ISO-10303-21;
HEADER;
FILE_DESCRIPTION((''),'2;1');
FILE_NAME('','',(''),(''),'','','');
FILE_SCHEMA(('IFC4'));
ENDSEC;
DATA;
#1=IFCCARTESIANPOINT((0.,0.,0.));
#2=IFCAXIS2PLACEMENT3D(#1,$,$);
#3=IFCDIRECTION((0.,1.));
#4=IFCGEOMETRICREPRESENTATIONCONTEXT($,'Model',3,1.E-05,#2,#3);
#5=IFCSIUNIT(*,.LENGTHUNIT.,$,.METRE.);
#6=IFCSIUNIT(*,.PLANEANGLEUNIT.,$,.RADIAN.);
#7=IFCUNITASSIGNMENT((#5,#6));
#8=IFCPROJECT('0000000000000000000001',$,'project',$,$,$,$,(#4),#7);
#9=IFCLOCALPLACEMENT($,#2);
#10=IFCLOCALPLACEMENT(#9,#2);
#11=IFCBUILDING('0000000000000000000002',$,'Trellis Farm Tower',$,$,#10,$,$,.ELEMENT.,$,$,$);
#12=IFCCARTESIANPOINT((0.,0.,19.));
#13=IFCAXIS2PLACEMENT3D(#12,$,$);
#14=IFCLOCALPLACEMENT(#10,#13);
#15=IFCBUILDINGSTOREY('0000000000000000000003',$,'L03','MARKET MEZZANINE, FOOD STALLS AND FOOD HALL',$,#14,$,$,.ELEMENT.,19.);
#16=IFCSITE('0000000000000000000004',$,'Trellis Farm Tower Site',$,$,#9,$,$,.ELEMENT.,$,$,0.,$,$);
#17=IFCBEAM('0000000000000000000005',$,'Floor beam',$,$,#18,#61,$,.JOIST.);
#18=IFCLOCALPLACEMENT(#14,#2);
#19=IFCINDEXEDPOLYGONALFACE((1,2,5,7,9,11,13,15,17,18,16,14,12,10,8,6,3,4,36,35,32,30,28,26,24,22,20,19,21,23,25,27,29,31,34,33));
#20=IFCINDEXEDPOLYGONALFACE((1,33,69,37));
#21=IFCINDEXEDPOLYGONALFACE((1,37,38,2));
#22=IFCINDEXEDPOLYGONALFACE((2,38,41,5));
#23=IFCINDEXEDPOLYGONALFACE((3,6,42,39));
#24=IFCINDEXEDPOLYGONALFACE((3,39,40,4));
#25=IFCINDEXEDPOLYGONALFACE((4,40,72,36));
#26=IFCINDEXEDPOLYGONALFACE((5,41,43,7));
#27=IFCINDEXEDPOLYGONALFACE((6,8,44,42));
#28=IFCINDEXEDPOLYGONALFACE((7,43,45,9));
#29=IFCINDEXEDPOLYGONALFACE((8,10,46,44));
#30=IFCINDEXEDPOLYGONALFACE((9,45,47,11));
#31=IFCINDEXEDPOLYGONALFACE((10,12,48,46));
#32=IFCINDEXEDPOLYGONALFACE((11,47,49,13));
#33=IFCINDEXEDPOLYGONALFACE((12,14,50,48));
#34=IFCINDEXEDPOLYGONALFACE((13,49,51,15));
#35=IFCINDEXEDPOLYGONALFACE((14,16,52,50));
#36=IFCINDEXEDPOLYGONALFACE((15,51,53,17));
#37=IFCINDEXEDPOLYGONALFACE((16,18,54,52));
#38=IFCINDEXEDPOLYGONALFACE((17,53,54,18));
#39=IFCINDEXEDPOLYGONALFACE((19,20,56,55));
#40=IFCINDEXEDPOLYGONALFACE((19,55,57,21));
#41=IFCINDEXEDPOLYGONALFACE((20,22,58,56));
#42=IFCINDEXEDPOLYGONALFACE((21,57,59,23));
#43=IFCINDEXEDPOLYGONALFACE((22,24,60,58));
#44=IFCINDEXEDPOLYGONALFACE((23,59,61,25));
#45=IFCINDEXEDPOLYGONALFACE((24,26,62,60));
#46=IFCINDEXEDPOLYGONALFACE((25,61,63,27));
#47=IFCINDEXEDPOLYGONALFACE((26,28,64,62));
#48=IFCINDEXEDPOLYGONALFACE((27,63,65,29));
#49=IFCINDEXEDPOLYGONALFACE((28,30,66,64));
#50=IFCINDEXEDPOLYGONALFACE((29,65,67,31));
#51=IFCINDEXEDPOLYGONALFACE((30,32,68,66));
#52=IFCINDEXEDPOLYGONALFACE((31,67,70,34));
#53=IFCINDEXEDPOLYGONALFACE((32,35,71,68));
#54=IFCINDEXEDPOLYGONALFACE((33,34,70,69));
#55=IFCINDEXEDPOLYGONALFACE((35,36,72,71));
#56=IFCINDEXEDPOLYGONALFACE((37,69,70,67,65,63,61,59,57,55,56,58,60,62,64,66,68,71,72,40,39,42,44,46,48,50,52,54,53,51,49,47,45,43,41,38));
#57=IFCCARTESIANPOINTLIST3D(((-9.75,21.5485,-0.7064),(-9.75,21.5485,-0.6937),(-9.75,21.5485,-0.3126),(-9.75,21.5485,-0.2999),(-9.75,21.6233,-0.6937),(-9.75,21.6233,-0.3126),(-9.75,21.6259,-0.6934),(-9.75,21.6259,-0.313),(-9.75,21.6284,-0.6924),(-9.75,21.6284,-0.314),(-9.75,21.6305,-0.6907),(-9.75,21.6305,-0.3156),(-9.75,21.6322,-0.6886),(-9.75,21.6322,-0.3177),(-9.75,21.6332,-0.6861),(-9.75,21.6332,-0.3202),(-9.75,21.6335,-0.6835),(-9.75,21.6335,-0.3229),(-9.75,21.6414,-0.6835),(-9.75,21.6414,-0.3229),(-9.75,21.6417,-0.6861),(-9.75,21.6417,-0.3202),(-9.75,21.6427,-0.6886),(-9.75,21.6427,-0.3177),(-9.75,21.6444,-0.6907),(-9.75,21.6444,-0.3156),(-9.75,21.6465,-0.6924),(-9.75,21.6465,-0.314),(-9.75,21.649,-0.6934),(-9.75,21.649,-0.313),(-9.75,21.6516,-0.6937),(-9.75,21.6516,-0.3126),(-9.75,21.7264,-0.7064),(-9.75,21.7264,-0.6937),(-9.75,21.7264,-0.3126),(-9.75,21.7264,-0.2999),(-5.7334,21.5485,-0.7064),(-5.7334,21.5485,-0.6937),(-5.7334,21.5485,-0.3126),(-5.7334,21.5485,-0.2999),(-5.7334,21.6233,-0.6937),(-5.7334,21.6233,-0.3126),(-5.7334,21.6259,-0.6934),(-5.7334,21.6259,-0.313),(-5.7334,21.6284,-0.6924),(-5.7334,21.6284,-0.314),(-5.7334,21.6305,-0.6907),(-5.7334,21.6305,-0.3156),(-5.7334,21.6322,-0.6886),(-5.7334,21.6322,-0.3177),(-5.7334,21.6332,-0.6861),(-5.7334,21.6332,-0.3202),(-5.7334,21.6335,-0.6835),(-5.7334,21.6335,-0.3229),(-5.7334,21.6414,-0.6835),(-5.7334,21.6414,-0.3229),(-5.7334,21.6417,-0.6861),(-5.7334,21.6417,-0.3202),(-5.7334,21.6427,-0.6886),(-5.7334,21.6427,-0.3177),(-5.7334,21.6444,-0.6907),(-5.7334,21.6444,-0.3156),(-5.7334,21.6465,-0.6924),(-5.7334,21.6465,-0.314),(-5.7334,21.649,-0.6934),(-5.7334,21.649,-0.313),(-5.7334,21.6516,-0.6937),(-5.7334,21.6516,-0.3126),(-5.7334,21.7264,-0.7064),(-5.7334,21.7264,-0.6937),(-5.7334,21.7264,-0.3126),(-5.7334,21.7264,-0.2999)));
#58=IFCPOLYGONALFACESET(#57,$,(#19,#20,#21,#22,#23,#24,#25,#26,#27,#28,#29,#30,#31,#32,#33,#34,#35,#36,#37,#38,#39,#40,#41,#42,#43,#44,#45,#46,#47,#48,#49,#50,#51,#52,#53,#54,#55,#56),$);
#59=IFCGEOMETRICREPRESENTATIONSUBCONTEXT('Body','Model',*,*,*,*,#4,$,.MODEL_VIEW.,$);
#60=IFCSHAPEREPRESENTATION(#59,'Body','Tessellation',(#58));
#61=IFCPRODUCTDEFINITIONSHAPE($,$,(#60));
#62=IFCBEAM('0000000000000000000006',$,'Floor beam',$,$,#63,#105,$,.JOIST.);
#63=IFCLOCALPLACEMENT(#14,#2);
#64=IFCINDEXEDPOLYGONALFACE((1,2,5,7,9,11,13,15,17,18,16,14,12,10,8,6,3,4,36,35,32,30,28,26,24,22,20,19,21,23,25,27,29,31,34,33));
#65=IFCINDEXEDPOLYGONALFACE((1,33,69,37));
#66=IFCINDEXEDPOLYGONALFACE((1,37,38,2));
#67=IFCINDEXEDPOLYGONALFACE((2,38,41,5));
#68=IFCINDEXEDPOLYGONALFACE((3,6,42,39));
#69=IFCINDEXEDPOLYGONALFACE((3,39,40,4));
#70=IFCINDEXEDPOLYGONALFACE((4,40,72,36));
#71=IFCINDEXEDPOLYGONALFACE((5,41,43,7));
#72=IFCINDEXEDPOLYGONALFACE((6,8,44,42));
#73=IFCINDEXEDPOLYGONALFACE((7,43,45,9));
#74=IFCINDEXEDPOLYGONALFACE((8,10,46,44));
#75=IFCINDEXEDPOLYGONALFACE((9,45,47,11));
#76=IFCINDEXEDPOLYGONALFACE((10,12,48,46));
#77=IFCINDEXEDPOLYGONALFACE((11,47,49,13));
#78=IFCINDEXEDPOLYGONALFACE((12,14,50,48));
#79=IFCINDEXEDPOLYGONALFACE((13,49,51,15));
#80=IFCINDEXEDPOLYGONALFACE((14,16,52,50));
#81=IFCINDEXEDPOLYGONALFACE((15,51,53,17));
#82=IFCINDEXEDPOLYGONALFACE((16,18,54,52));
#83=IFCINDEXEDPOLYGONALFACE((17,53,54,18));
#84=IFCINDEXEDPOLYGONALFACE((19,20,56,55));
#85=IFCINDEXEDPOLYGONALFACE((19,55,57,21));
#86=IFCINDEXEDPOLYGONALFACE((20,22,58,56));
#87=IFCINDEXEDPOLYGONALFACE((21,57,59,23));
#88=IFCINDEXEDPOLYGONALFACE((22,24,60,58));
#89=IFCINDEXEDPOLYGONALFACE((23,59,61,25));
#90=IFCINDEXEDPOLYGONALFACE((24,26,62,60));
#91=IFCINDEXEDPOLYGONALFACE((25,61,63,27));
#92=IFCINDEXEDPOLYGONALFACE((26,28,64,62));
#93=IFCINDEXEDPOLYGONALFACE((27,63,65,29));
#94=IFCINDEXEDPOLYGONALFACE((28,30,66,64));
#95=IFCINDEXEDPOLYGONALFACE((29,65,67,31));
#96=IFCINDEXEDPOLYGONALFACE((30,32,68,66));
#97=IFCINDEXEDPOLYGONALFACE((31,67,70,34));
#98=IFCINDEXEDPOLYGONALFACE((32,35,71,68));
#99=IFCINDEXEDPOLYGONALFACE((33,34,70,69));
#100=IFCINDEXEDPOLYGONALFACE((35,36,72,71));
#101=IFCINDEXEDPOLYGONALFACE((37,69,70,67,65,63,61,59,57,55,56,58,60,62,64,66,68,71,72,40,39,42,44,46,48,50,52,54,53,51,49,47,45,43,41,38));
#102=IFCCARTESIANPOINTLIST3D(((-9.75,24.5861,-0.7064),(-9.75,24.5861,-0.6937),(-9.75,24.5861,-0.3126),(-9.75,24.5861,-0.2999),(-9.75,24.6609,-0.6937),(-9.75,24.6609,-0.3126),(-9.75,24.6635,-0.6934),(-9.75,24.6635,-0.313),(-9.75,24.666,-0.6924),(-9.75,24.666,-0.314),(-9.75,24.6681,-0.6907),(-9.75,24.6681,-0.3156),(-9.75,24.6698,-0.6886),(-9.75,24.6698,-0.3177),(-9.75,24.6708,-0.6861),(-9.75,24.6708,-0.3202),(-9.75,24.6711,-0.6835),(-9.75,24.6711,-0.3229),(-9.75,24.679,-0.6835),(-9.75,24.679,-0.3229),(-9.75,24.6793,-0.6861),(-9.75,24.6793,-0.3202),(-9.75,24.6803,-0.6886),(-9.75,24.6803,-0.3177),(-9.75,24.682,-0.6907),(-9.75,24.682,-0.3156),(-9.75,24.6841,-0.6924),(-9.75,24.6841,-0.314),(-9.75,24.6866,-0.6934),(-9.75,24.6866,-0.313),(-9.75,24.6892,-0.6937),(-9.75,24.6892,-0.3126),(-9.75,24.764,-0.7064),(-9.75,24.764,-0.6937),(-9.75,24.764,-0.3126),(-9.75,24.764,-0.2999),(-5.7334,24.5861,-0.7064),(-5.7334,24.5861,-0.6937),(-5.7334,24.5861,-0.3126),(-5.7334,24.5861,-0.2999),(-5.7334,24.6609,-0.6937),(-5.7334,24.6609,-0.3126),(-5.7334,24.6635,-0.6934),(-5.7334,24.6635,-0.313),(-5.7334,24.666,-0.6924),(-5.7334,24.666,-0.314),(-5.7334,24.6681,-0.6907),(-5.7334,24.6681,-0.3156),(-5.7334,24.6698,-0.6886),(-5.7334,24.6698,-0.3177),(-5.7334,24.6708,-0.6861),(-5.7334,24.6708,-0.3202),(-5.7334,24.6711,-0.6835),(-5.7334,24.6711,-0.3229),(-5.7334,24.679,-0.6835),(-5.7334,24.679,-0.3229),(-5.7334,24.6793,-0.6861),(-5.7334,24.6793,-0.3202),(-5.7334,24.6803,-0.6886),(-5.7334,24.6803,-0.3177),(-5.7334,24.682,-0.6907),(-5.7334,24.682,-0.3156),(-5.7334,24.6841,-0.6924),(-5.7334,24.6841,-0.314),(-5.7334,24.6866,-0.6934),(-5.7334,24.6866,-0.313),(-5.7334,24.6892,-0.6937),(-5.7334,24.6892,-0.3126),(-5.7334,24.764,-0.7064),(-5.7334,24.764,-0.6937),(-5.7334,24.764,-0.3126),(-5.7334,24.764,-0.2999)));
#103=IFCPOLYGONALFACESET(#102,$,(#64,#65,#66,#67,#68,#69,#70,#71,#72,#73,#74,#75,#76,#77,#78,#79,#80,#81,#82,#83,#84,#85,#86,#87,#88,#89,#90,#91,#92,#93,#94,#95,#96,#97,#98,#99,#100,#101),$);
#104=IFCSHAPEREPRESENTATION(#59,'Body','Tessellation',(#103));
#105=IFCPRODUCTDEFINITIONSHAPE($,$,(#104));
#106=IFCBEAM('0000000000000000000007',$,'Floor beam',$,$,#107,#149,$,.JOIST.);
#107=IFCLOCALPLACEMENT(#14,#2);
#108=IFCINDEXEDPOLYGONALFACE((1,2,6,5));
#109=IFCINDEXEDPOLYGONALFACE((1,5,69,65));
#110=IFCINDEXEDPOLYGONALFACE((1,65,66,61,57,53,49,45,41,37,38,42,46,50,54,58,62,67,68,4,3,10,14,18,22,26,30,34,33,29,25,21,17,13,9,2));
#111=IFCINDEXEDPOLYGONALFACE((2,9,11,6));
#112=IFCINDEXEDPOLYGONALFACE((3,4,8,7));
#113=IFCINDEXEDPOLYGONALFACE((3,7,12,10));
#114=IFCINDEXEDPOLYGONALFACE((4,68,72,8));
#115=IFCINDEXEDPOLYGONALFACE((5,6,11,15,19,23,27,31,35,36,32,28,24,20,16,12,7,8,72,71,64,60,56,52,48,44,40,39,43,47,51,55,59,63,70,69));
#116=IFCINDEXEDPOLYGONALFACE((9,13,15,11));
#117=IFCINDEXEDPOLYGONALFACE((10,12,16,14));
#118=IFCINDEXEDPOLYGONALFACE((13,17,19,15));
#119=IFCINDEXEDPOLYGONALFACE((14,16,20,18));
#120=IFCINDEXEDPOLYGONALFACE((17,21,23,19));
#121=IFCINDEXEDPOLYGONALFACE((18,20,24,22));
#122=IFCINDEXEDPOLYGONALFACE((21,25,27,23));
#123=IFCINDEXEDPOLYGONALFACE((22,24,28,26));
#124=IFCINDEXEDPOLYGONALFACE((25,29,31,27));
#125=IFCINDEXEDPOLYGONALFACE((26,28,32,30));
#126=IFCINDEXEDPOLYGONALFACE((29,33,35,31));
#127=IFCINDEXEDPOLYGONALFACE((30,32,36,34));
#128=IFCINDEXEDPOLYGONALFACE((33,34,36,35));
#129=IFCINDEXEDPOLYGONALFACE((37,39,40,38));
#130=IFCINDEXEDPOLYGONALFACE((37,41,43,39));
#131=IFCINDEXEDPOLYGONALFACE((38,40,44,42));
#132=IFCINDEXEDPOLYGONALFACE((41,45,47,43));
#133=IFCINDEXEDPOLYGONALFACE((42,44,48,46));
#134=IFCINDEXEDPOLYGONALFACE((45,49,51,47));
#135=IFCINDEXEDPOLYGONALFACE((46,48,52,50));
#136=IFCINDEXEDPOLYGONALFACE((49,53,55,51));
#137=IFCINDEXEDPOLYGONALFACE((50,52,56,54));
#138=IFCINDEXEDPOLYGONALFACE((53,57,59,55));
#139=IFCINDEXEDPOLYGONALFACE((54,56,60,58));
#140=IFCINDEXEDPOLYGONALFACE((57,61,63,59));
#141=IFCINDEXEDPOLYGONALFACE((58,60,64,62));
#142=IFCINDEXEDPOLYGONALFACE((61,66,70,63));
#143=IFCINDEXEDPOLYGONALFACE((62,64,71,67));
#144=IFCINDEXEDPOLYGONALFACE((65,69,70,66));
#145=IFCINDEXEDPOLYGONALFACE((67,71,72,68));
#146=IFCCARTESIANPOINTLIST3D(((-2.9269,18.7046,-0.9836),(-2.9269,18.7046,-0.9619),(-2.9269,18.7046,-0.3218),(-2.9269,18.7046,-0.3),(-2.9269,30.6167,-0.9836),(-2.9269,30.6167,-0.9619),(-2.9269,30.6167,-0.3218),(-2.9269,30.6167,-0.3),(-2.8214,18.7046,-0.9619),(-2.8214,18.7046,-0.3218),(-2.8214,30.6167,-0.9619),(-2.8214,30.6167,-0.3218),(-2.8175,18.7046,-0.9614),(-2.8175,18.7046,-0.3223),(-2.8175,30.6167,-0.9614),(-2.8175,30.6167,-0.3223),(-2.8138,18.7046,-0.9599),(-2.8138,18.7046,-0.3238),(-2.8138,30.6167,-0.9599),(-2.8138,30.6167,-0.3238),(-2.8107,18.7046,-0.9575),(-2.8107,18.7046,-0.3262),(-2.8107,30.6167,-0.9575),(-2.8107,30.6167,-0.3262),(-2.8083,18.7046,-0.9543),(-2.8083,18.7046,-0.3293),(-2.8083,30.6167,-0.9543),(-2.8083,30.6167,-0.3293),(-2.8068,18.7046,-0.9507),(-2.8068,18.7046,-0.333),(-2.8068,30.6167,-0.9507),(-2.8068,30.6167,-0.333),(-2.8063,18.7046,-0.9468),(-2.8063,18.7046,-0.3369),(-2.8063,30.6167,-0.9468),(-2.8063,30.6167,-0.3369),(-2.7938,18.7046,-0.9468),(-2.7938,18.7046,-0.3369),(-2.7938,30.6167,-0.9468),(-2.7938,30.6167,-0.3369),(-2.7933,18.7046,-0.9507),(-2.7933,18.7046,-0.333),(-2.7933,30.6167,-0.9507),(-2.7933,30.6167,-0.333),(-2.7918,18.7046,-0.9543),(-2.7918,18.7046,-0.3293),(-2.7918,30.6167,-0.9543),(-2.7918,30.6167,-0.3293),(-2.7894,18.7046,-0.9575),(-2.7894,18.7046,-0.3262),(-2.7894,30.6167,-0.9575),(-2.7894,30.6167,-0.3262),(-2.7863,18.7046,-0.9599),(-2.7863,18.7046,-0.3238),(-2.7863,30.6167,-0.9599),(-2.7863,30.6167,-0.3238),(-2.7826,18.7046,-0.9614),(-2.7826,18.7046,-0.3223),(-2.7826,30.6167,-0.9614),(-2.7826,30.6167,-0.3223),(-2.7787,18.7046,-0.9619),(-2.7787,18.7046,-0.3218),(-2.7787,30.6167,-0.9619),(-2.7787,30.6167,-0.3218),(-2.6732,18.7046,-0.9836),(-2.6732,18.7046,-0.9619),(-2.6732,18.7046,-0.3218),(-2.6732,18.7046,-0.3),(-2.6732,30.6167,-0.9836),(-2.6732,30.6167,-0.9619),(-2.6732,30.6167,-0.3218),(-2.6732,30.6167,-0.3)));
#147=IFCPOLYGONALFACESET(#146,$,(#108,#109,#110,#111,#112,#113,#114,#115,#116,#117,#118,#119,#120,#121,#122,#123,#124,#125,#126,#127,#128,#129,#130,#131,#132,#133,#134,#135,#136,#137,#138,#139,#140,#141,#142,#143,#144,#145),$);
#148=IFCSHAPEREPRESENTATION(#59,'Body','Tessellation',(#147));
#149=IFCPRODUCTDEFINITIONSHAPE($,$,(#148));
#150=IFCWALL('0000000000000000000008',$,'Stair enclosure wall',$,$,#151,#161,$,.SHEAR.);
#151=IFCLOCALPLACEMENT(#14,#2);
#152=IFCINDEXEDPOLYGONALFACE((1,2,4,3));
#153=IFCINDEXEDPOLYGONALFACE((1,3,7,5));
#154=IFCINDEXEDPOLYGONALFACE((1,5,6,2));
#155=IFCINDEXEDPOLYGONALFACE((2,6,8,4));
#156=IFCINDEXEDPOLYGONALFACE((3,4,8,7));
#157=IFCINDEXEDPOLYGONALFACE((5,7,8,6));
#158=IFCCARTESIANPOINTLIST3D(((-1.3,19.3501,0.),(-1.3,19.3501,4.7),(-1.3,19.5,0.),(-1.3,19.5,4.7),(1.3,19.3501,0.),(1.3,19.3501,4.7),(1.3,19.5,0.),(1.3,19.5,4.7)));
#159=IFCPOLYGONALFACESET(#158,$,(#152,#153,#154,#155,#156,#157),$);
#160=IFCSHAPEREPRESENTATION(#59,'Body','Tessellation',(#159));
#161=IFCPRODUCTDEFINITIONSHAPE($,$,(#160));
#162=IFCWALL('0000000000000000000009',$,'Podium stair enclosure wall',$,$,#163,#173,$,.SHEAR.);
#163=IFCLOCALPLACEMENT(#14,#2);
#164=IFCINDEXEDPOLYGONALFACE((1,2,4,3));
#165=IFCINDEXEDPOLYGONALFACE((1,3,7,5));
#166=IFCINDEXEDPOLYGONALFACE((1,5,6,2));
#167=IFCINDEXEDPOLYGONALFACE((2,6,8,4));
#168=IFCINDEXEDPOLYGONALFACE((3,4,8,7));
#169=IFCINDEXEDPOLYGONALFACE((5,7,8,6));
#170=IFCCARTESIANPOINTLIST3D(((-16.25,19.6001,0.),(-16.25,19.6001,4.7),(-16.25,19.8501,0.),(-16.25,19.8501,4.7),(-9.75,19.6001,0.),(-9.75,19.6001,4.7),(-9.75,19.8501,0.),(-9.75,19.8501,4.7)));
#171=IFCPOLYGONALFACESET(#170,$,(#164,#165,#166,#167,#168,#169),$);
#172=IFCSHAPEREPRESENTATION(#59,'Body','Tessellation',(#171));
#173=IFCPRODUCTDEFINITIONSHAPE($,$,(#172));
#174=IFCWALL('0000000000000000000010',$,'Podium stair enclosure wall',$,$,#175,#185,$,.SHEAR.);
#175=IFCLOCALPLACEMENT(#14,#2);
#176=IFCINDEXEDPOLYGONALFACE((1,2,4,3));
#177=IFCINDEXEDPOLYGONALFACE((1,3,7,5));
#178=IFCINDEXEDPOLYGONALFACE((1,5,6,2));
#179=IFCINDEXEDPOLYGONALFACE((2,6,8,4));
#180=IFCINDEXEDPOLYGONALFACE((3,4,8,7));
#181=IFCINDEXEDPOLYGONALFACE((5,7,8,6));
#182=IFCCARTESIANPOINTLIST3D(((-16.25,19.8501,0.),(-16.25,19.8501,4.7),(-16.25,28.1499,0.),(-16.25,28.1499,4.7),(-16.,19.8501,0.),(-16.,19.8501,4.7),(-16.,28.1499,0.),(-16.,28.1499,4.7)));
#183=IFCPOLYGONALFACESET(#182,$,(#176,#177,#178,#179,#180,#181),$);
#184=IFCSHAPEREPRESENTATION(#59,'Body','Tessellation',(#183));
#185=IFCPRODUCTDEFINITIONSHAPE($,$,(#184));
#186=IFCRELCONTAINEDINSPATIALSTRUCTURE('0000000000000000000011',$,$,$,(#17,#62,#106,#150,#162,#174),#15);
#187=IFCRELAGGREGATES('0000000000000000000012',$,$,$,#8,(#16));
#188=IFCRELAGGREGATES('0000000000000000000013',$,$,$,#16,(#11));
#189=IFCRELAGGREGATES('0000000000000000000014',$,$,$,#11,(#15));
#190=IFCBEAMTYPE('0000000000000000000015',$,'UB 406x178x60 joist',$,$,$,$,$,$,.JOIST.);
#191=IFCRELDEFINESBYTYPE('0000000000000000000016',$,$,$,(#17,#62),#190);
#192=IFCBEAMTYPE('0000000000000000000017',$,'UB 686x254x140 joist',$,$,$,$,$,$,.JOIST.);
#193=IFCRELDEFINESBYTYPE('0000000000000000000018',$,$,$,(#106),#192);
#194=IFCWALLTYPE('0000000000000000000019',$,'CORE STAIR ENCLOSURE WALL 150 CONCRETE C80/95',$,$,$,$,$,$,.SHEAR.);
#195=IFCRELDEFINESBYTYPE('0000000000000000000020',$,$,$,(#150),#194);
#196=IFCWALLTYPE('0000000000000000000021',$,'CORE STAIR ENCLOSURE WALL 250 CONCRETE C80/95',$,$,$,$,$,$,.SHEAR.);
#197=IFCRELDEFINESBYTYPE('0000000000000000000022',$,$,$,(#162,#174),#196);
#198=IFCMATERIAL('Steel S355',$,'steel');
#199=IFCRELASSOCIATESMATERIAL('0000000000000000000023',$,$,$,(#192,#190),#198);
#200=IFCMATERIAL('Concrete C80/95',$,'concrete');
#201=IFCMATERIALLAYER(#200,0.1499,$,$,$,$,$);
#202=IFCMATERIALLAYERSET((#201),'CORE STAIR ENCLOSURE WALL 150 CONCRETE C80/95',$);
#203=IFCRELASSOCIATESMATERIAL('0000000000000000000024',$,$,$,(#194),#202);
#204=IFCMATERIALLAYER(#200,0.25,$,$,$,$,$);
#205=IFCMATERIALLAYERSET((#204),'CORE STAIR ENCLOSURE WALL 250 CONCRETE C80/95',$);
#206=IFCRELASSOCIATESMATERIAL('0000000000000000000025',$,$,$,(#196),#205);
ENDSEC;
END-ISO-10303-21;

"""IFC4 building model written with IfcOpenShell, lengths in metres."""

from ifc_helpers import new_model, si_unit, direction, frame, frame_2d, origin, origin_2d, place, context, subcontext, project, spatial, rectangle, i_section, extrude, source, transform, mapped, material, layer, layer_set, material_profile, profile_set, type_object, element, save


model = new_model("IFC4")

# Units and contexts
model_context = context("Model", 3, precision=1e-05, world=origin(), true_north=direction((0.0, 1.0)))
body_context = subcontext(model_context, "Body", "Model", "MODEL_VIEW")
ifc_project = project(units=[si_unit("LENGTHUNIT", "METRE"), si_unit("PLANEANGLEUNIT", "RADIAN")], contexts=[model_context])

# Site, building, storey
site_placement = place(None, origin())
site = spatial("IfcSite", under=ifc_project, at=site_placement, Name="Trellis Farm Tower Site", CompositionType="ELEMENT", RefElevation=0.0)
building_placement = place(site_placement, origin())
building = spatial("IfcBuilding", under=site, at=building_placement, Name="Trellis Farm Tower", CompositionType="ELEMENT")
storey_placement = place(building_placement, frame((0.0, 0.0, 19.0)))
storey = spatial("IfcBuildingStorey", under=building, at=storey_placement, Name="L03", Description="MARKET MEZZANINE, FOOD STALLS AND FOOD HALL", CompositionType="ELEMENT", Elevation=19.0)

# Beams
ifc_material_1 = material(Name="Steel S355", Category="steel")
ifc_material_profile_1 = material_profile(ifc_material_1, i_section(OverallWidth=0.2537, OverallDepth=0.6836, WebThickness=0.0125, FlangeThickness=0.0217, FilletRadius=0.0151, at=origin_2d()), Name="UB 686x254x140")
ifc_profile_set_1 = profile_set([ifc_material_profile_1], Name="Steel S355")
beam_type_1 = type_object("IfcBeamType", Name="UB 686x254x140 joist", PredefinedType="JOIST", material=ifc_profile_set_1)
ifc_material_profile_2 = material_profile(ifc_material_1, i_section(OverallWidth=0.178, OverallDepth=0.4065, WebThickness=0.0078, FlangeThickness=0.0127, FilletRadius=0.0103, at=origin_2d()), Name="UB 406x178x60")
ifc_profile_set_2 = profile_set([ifc_material_profile_2], Name="Steel S355")
beam_type_2 = type_object("IfcBeamType", Name="UB 406x178x60 joist", PredefinedType="JOIST", material=ifc_profile_set_2)
shared_shape_1 = source(origin(), body_context, "Body", "SweptSolid", [
    extrude(i_section(OverallWidth=0.178, OverallDepth=0.4065, WebThickness=0.0078, FlangeThickness=0.0127, FilletRadius=0.0103, at=origin_2d()), origin(), (0.0, 0.0, 1.0), 4.0166),
])
for number, where, z_axis, x_axis, name in (
    (1, (-9.75, 21.6375, -0.5032), (1.0, 0.0, 0.0), (0.0, 1.0, 0.0), "Floor beam"),
    (2, (-9.75, 24.675, -0.5032), (1.0, 0.0, 0.0), (0.0, 1.0, 0.0), "Floor beam"),
):
    element("IfcBeam", number, at=place(storey_placement, frame(where, z_axis=z_axis, x_axis=x_axis)), inside=storey, type_object=beam_type_2, Name=name, PredefinedType="JOIST", context=body_context, shape_type="MappedRepresentation", body=[
        mapped(shared_shape_1, transform((0.0, 0.0, 0.0))),
    ])
shared_shape_2 = source(origin(), body_context, "Body", "SweptSolid", [
    extrude(i_section(OverallWidth=0.2537, OverallDepth=0.6836, WebThickness=0.0125, FlangeThickness=0.0217, FilletRadius=0.0151, at=origin_2d()), origin(), (0.0, 0.0, 1.0), 11.9121),
])
beam_1_placement = place(storey_placement, frame((-2.8, 18.7046, -0.6418), z_axis=(0.0, 1.0, 0.0), x_axis=(-1.0, 0.0, 0.0)))
element("IfcBeam", 3, at=beam_1_placement, inside=storey, type_object=beam_type_1, Name="Floor beam", PredefinedType="JOIST", context=body_context, shape_type="MappedRepresentation", body=[
    mapped(shared_shape_2, transform((0.0, 0.0, 0.0))),
])

# Walls
ifc_material_2 = material(Name="Concrete C80/95", Category="concrete")
ifc_layer_1 = layer(ifc_material_2, 0.1499)
ifc_layer_set_1 = layer_set([ifc_layer_1], Name="CORE STAIR ENCLOSURE WALL 150 CONCRETE C80/95")
wall_type_1 = type_object("IfcWallType", Name="CORE STAIR ENCLOSURE WALL 150 CONCRETE C80/95", PredefinedType="SHEAR", material=ifc_layer_set_1)
shared_shape_3 = source(origin(), body_context, "Body", "SweptSolid", [
    extrude(rectangle(XDim=2.6001, YDim=0.1499, at=frame_2d((1.3, 0.0))), origin(), (0.0, 0.0, 1.0), 4.7),
])
wall_1_placement = place(storey_placement, frame((-1.3, 19.425, 0.0), z_axis=(0.0, 0.0, 1.0), x_axis=(1.0, 0.0, 0.0)))
element("IfcWall", 4, at=wall_1_placement, inside=storey, type_object=wall_type_1, Name="Stair enclosure wall", PredefinedType="SHEAR", context=body_context, shape_type="MappedRepresentation", body=[
    mapped(shared_shape_3, transform((0.0, 0.0, 0.0))),
])
ifc_layer_2 = layer(ifc_material_2, 0.25)
ifc_layer_set_2 = layer_set([ifc_layer_2], Name="CORE STAIR ENCLOSURE WALL 250 CONCRETE C80/95")
wall_type_2 = type_object("IfcWallType", Name="CORE STAIR ENCLOSURE WALL 250 CONCRETE C80/95", PredefinedType="SHEAR", material=ifc_layer_set_2)
shared_shape_4 = source(origin(), body_context, "Body", "SweptSolid", [
    extrude(rectangle(XDim=6.5, YDim=0.25, at=frame_2d((3.25, 0.0))), origin(), (0.0, 0.0, 1.0), 4.7),
])
wall_2_placement = place(storey_placement, frame((-16.25, 19.7251, 0.0), z_axis=(0.0, 0.0, 1.0), x_axis=(1.0, 0.0, 0.0)))
element("IfcWall", 5, at=wall_2_placement, inside=storey, type_object=wall_type_2, Name="Podium stair enclosure wall", PredefinedType="SHEAR", context=body_context, shape_type="MappedRepresentation", body=[
    mapped(shared_shape_4, transform((0.0, 0.0, 0.0))),
])
shared_shape_5 = source(origin(), body_context, "Body", "SweptSolid", [
    extrude(rectangle(XDim=8.2998, YDim=0.25, at=frame_2d((4.1499, 0.0))), origin(), (0.0, 0.0, 1.0), 4.7),
])
for number, where, z_axis, x_axis, name in (
    (6, (-16.125, 19.8501, 0.0), (0.0, 0.0, 1.0), (0.0, 1.0, 0.0), "Podium stair enclosure wall"),
):
    element("IfcWall", number, at=place(storey_placement, frame(where, z_axis=z_axis, x_axis=x_axis)), inside=storey, type_object=wall_type_2, Name=name, PredefinedType="SHEAR", context=body_context, shape_type="MappedRepresentation", body=[
        mapped(shared_shape_5, transform((0.0, 0.0, 0.0))),
    ])

save(model, "model.ifc")
